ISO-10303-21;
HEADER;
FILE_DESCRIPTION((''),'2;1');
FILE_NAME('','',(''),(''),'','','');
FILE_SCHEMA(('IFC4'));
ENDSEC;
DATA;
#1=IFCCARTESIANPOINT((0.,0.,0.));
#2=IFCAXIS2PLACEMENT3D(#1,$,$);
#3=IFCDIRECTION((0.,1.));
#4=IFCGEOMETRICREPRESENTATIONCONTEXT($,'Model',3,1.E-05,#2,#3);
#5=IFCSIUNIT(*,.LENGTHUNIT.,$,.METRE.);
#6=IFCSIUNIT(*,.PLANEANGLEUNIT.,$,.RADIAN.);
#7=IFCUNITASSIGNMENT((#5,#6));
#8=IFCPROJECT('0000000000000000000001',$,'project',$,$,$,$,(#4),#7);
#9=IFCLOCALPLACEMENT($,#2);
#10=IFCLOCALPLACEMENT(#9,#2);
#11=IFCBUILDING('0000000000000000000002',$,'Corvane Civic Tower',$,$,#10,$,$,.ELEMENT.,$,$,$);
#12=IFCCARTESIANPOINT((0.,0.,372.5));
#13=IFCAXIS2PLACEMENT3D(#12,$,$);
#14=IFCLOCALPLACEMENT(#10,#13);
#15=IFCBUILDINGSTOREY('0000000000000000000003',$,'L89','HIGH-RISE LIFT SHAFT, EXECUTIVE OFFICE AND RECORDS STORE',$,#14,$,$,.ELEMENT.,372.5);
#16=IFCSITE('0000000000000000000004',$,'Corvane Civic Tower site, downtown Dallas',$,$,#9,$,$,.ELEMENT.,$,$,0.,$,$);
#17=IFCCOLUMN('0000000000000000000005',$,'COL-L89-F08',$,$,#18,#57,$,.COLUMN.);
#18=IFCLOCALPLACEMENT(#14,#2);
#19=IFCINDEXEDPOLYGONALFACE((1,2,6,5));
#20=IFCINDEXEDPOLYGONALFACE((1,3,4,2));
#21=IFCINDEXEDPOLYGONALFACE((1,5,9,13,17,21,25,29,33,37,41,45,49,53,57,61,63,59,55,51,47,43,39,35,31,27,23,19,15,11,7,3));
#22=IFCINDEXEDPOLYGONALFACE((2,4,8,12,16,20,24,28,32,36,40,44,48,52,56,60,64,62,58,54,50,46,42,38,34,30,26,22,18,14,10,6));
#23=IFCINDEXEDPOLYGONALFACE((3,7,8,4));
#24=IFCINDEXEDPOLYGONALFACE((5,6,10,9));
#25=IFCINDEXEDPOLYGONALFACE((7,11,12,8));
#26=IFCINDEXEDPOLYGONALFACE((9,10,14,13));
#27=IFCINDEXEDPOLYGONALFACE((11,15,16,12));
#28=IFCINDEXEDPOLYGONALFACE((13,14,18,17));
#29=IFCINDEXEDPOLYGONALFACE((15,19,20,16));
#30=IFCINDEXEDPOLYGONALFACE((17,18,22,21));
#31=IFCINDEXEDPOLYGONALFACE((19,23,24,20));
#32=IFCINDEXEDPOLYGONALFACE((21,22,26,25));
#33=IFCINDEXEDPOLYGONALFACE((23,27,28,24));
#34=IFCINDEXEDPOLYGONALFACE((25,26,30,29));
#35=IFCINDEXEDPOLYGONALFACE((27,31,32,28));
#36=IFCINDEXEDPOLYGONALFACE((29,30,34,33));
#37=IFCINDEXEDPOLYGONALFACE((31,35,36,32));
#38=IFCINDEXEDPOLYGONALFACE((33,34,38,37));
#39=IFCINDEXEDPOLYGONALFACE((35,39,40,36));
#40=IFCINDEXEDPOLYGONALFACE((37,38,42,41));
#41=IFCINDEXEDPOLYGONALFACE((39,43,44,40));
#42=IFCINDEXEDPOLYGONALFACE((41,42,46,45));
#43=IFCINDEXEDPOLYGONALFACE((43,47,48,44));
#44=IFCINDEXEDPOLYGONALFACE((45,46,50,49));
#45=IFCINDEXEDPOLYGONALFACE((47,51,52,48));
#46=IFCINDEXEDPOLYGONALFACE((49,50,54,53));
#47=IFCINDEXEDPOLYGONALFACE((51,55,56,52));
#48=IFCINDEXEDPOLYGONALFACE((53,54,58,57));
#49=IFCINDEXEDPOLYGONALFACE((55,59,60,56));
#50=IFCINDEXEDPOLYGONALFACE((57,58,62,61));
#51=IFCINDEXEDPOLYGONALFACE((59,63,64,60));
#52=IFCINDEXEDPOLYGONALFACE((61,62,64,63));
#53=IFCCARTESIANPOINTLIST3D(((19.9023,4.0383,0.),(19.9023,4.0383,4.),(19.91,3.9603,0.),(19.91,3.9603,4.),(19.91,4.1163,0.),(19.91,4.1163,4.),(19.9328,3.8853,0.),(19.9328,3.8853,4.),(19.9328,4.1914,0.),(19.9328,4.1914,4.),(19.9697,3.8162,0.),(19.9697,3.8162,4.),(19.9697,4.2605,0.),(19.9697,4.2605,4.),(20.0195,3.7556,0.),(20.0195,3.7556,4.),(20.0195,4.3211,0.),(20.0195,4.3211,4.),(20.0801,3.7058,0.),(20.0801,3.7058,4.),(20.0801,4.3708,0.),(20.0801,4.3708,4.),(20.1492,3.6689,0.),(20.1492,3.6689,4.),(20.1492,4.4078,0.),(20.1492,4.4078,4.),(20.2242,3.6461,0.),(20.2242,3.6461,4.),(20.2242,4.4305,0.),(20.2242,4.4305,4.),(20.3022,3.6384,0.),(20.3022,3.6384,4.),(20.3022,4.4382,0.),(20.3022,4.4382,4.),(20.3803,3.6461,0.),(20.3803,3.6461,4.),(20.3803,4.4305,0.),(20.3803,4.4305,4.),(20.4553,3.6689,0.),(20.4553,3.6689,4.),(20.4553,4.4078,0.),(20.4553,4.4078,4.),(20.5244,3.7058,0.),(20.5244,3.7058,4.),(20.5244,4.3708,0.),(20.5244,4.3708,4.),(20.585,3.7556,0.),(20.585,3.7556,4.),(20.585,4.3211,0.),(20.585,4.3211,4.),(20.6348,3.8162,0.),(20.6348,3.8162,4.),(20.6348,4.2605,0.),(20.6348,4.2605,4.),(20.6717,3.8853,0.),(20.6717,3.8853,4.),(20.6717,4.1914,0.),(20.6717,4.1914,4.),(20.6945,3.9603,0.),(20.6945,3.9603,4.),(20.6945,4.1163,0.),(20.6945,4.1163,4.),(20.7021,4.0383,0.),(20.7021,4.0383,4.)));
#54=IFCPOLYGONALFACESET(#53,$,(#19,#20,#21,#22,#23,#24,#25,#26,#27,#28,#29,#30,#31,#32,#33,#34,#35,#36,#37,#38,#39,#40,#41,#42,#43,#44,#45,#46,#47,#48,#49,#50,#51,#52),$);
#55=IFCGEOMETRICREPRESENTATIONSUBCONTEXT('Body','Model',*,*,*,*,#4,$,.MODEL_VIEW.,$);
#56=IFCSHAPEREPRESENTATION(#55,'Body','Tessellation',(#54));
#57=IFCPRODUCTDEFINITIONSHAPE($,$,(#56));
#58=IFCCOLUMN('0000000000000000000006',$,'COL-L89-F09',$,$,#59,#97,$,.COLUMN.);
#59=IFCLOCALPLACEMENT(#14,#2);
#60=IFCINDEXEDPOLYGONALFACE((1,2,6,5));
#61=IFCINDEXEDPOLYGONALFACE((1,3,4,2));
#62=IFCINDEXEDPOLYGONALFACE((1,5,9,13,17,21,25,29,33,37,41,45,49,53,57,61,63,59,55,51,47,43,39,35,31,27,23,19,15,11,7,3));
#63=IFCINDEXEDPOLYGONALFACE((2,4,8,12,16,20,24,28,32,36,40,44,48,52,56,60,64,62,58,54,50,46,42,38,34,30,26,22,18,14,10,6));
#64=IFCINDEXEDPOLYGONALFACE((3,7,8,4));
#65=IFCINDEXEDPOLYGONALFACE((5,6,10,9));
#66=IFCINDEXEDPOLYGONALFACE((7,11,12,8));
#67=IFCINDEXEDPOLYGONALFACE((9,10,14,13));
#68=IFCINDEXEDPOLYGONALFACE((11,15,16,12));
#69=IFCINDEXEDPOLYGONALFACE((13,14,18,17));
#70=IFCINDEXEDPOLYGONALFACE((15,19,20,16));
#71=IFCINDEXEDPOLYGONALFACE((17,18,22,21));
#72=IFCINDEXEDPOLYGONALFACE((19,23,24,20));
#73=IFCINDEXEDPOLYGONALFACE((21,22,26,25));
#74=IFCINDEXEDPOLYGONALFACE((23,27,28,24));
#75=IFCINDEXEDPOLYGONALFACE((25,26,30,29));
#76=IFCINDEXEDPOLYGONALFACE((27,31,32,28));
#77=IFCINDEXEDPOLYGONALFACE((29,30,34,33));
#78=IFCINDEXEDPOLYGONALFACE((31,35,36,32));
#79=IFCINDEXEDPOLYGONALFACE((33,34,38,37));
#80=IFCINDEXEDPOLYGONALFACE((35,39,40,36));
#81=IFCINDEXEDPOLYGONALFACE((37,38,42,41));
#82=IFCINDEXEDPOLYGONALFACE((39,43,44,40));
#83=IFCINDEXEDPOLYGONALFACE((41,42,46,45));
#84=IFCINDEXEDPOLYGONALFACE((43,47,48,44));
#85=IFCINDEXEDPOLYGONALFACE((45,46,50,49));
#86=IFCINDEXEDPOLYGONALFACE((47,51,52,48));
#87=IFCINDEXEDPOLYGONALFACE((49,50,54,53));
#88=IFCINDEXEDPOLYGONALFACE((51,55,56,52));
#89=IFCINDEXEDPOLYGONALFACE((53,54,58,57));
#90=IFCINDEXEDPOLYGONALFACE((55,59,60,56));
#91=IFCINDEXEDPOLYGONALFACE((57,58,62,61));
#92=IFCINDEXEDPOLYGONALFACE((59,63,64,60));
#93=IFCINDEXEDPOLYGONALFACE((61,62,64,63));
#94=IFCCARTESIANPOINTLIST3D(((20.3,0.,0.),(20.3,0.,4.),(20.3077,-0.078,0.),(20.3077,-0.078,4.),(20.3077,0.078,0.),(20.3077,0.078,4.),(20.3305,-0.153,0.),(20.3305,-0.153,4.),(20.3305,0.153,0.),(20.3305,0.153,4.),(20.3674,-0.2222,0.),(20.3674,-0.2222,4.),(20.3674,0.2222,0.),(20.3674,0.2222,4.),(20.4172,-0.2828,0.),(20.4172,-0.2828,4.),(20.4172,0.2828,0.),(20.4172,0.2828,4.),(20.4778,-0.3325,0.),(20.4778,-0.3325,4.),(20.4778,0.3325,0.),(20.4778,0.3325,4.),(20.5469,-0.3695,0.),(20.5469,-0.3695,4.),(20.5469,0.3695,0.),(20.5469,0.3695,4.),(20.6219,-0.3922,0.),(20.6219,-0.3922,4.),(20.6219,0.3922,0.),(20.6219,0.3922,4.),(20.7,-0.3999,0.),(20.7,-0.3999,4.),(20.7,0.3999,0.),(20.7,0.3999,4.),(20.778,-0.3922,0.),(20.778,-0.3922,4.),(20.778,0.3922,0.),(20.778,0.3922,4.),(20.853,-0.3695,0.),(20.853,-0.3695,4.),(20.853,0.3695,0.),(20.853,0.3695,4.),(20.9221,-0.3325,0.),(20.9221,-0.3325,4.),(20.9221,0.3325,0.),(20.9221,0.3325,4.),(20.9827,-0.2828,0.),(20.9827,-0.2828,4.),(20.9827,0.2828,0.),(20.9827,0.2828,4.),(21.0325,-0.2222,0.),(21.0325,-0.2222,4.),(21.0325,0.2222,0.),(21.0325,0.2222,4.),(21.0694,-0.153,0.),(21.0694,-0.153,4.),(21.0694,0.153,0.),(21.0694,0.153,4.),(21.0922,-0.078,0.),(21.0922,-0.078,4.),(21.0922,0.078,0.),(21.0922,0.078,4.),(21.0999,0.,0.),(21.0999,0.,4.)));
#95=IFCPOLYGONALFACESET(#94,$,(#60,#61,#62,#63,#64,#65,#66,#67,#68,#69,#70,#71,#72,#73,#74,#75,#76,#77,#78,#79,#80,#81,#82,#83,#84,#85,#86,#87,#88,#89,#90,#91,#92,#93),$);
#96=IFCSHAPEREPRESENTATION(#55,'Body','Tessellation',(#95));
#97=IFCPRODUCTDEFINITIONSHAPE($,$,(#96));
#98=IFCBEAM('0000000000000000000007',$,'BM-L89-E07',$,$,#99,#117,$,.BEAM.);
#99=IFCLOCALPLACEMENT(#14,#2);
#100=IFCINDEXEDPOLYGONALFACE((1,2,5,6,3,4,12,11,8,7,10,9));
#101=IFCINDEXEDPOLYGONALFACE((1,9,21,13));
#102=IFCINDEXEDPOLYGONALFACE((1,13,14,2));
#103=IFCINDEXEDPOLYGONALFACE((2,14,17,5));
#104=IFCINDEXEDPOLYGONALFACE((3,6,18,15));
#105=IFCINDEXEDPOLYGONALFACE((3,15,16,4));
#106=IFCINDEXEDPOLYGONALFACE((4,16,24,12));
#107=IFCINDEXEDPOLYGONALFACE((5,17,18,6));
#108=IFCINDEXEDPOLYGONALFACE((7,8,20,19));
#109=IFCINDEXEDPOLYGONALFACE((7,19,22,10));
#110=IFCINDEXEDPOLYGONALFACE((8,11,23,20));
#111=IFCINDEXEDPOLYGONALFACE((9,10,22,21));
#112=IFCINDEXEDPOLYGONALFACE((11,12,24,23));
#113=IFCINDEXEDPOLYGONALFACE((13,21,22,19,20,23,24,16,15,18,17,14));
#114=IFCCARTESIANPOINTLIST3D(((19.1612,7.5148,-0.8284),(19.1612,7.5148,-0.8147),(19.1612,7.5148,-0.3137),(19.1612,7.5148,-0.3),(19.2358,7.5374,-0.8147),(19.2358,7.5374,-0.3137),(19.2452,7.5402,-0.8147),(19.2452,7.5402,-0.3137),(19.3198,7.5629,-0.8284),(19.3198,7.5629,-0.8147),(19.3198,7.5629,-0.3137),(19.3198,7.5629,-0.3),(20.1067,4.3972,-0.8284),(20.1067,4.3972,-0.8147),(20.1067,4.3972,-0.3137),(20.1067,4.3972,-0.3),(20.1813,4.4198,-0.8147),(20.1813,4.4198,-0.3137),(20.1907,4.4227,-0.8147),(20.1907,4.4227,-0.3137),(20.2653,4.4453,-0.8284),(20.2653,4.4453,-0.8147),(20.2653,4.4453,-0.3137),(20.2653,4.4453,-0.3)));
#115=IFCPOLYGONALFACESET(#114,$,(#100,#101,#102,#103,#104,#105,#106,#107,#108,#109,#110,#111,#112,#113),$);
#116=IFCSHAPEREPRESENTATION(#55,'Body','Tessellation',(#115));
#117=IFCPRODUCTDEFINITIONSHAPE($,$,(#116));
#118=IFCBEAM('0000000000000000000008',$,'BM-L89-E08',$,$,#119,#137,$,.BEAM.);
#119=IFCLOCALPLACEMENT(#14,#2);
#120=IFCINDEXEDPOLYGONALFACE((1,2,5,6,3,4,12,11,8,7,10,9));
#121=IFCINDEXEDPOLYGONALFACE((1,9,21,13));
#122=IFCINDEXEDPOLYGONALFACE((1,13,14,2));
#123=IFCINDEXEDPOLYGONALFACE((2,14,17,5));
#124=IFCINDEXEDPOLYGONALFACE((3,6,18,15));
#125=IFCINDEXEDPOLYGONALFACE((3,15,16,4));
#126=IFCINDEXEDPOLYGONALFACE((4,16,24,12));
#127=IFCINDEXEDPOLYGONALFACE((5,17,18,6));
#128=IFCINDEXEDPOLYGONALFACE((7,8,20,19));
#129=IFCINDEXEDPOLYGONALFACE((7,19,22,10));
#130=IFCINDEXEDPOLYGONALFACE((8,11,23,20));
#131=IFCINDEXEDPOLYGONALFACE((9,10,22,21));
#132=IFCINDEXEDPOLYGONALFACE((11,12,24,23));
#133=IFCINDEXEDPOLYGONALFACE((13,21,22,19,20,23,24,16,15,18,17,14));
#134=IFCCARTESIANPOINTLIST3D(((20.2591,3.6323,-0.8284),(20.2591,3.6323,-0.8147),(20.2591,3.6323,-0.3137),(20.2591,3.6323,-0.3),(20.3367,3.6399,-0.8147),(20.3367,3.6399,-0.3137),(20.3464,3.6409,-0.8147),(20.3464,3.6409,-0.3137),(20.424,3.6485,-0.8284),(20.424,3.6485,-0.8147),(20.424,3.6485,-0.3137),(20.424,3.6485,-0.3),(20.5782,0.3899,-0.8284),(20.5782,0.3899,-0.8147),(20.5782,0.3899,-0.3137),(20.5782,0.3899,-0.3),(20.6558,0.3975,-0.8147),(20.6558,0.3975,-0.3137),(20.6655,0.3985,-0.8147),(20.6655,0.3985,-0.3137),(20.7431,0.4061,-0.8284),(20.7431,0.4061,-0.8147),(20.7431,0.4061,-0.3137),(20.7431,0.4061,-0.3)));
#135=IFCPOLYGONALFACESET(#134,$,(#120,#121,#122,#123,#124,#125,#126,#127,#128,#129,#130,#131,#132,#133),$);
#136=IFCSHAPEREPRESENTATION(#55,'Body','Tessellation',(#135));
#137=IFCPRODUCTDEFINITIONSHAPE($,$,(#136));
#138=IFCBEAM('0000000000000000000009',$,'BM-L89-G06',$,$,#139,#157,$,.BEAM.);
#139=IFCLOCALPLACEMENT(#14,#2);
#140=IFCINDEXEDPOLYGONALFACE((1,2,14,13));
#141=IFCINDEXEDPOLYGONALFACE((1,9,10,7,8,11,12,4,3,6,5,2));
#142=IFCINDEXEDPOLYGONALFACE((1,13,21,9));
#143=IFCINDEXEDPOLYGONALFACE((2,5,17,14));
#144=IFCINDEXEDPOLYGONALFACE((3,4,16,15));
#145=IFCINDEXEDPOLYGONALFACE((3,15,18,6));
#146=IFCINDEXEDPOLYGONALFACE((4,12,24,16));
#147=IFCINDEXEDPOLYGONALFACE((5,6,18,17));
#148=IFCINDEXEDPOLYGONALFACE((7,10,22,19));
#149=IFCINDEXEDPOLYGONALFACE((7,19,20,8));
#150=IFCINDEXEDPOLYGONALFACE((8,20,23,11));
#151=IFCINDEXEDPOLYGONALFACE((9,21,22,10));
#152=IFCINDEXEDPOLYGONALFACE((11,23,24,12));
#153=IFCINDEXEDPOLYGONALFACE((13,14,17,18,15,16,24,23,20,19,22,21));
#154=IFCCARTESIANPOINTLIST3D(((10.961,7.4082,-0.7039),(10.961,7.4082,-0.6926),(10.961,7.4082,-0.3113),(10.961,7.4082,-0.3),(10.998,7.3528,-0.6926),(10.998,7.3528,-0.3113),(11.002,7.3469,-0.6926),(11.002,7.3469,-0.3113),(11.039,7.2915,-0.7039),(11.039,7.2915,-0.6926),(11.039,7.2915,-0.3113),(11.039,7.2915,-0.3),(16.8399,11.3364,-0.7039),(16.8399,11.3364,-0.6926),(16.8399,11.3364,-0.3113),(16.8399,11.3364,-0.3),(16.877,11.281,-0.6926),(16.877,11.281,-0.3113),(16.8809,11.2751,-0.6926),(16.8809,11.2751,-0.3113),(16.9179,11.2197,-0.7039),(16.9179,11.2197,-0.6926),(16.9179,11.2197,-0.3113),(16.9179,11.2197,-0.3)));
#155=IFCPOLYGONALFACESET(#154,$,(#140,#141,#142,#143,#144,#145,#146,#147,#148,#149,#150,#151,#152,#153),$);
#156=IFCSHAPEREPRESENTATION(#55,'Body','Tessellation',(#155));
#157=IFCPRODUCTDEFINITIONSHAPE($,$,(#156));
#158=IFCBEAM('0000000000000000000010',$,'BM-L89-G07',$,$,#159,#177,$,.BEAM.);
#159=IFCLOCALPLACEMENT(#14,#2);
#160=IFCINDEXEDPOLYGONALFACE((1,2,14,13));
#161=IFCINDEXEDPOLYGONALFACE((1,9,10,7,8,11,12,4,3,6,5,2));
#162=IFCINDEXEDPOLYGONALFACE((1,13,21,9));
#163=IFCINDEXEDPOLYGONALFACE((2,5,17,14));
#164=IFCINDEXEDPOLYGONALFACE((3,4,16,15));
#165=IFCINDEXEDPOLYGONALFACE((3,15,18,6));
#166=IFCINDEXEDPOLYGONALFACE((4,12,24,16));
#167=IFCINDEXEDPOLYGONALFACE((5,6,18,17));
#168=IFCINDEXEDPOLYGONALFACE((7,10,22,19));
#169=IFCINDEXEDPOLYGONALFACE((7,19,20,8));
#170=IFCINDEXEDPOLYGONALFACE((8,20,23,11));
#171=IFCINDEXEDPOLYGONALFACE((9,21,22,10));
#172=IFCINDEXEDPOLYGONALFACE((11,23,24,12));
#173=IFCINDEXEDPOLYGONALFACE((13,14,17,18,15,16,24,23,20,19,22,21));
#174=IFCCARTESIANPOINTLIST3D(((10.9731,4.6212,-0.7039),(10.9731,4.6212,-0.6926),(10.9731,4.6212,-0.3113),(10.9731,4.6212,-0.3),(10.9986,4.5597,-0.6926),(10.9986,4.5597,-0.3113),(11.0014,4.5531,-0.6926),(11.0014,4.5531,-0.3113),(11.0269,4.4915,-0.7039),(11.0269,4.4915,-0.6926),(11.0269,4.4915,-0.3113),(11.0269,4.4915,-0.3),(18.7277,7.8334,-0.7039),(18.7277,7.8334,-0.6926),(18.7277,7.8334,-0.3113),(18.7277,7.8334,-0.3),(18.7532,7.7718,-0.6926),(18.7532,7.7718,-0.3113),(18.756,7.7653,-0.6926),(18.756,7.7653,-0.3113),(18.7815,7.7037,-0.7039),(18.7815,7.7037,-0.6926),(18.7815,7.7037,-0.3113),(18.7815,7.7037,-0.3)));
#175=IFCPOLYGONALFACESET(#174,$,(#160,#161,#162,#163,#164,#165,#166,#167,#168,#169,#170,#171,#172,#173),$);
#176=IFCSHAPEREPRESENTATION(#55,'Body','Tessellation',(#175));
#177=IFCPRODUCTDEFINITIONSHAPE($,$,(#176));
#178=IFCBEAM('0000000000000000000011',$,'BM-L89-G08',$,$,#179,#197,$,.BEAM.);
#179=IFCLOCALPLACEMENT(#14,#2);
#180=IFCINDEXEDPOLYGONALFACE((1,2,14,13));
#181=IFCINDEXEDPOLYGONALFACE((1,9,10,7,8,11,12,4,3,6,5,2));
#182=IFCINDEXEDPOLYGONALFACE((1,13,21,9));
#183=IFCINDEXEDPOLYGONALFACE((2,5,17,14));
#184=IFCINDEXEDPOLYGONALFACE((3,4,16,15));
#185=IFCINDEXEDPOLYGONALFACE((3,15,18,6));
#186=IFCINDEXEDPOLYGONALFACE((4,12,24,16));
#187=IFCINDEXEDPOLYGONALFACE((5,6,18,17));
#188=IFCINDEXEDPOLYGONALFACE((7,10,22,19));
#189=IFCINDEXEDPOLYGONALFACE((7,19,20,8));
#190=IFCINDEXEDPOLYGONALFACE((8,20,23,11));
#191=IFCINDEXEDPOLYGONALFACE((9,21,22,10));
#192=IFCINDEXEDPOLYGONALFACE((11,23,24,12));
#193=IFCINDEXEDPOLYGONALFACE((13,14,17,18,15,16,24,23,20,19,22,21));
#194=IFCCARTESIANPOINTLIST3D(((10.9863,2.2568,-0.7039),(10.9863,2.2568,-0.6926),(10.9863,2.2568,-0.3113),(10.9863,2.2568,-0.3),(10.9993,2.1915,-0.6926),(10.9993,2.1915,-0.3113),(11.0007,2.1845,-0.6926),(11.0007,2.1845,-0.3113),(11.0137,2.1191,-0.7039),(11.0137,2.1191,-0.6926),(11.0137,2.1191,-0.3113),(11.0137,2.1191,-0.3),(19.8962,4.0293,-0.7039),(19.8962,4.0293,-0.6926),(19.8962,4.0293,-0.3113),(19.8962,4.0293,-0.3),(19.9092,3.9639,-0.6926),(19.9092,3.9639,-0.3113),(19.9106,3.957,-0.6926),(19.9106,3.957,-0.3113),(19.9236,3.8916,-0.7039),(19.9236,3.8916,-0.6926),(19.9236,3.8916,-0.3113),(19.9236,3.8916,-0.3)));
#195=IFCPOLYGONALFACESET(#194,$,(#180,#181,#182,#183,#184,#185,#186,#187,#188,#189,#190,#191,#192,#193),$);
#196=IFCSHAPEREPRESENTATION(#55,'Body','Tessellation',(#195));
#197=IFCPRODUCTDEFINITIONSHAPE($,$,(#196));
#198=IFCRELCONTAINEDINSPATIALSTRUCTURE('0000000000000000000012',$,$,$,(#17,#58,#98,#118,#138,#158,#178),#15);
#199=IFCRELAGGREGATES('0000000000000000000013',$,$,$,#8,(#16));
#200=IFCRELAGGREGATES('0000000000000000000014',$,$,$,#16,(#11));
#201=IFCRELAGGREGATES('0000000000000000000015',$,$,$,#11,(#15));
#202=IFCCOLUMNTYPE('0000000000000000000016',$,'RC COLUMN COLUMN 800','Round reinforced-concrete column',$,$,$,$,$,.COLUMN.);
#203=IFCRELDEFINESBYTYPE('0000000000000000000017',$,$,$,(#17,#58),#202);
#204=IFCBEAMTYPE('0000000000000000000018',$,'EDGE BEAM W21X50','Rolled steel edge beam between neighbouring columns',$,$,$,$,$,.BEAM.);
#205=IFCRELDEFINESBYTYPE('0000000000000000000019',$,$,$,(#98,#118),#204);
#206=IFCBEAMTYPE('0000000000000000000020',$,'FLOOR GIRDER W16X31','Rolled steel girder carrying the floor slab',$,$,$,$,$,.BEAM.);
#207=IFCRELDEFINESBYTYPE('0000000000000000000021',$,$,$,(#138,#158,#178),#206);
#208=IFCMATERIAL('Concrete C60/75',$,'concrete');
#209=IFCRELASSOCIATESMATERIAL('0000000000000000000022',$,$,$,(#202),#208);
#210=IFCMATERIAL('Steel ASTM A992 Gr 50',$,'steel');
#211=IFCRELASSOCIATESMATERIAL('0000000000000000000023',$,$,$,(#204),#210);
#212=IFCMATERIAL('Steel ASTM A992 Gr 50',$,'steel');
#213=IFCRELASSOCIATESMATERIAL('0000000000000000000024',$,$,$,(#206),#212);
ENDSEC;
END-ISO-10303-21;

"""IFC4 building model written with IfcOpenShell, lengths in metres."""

from ifc_helpers import new_model, si_unit, direction, frame, origin, origin_2d, place, context, subcontext, project, spatial, circle, i_section, extrude, material, material_profile, profile_set, type_object, element, save


model = new_model("IFC4")

# Units and contexts
model_context = context("Model", 3, precision=1e-05, world=origin(), true_north=direction((0.0, 1.0)))
body_context = subcontext(model_context, "Body", "Model", "MODEL_VIEW")
ifc_project = project(units=[si_unit("LENGTHUNIT", "METRE"), si_unit("PLANEANGLEUNIT", "RADIAN")], contexts=[model_context])

# Site, building, storey
site_placement = place(None, origin())
site = spatial("IfcSite", under=ifc_project, at=site_placement, Name="Corvane Civic Tower site, downtown Dallas", CompositionType="ELEMENT", RefElevation=0.0)
building_placement = place(site_placement, origin())
building = spatial("IfcBuilding", under=site, at=building_placement, Name="Corvane Civic Tower", CompositionType="ELEMENT")
storey_placement = place(building_placement, frame((0.0, 0.0, 372.5)))
storey = spatial("IfcBuildingStorey", under=building, at=storey_placement, Name="L89", Description="HIGH-RISE LIFT SHAFT, EXECUTIVE OFFICE AND RECORDS STORE", CompositionType="ELEMENT", Elevation=372.5)

# Columns
ifc_material_1 = material(Name="Concrete C60/75", Category="concrete")
ifc_material_profile_1 = material_profile(ifc_material_1, circle(Radius=0.3999, at=origin_2d()), Name="COLUMN 800")
ifc_profile_set_1 = profile_set([ifc_material_profile_1], Name="Concrete C60/75")
column_type = type_object("IfcColumnType", Name="RC COLUMN COLUMN 800", Description="Round reinforced-concrete column", PredefinedType="COLUMN", material=ifc_profile_set_1)
for number, where, z_axis, x_axis, name in (
    (1, (20.3022, 4.0383, 0.0), (0.0, 0.0, 1.0), (1.0, 0.0, 0.0), "COL-L89-F08"),
    (2, (20.7, 0.0, 0.0), (0.0, 0.0, 1.0), (1.0, 0.0, 0.0), "COL-L89-F09"),
):
    element("IfcColumn", number, at=place(storey_placement, frame(where, z_axis=z_axis, x_axis=x_axis)), inside=storey, type_object=column_type, Name=name, PredefinedType="COLUMN", context=body_context, shape_type="SweptSolid", body=[
        extrude(circle(Radius=0.3999, at=origin_2d()), origin(), (0.0, 0.0, 1.0), 4.0),
    ])

# Beams
ifc_material_2 = material(Name="Steel ASTM A992 Gr 50", Category="steel")
ifc_material_profile_2 = material_profile(ifc_material_2, i_section(OverallWidth=0.1658, OverallDepth=0.5283, WebThickness=0.0098, FlangeThickness=0.0137, at=origin_2d()), Name="W21X50")
ifc_profile_set_2 = profile_set([ifc_material_profile_2], Name="Steel ASTM A992 Gr 50")
beam_type_1 = type_object("IfcBeamType", Name="EDGE BEAM W21X50", Description="Rolled steel edge beam between neighbouring columns", PredefinedType="BEAM", material=ifc_profile_set_2)
beam_1_placement = place(storey_placement, frame((19.2405, 7.5388, -0.5642), z_axis=(0.290234, -0.956956, 0.0), x_axis=(0.956956, 0.290234, 0.0)))
element("IfcBeam", 3, at=beam_1_placement, inside=storey, type_object=beam_type_1, Name="BM-L89-E07", PredefinedType="BEAM", context=body_context, shape_type="SweptSolid", body=[
    extrude(i_section(OverallWidth=0.1658, OverallDepth=0.5283, WebThickness=0.0098, FlangeThickness=0.0137, at=origin_2d()), origin(), (0.0, 0.0, 1.0), 3.2578),
])
beam_2_placement = place(storey_placement, frame((20.3416, 3.6404, -0.5642), z_axis=(0.097938, -0.995193, 0.0), x_axis=(0.995193, 0.097938, 0.0)))
element("IfcBeam", 4, at=beam_2_placement, inside=storey, type_object=beam_type_1, Name="BM-L89-E08", PredefinedType="BEAM", context=body_context, shape_type="SweptSolid", body=[
    extrude(i_section(OverallWidth=0.1658, OverallDepth=0.5283, WebThickness=0.0098, FlangeThickness=0.0137, at=origin_2d()), origin(), (0.0, 0.0, 1.0), 3.2581),
])
ifc_material_3 = material(Name="Steel ASTM A992 Gr 50", Category="steel")
ifc_material_profile_3 = material_profile(ifc_material_3, i_section(OverallWidth=0.1404, OverallDepth=0.4038, WebThickness=0.0071, FlangeThickness=0.0112, at=origin_2d()), Name="W16X31")
ifc_profile_set_3 = profile_set([ifc_material_profile_3], Name="Steel ASTM A992 Gr 50")
beam_type_2 = type_object("IfcBeamType", Name="FLOOR GIRDER W16X31", Description="Rolled steel girder carrying the floor slab", PredefinedType="BEAM", material=ifc_profile_set_3)
beam_3_placement = place(storey_placement, frame((11.0, 7.3499, -0.502), z_axis=(0.831465, 0.555576, 0.0), x_axis=(-0.555576, 0.831465, 0.0)))
element("IfcBeam", 5, at=beam_3_placement, inside=storey, type_object=beam_type_2, Name="BM-L89-G06", PredefinedType="BEAM", context=body_context, shape_type="SweptSolid", body=[
    extrude(i_section(OverallWidth=0.1404, OverallDepth=0.4038, WebThickness=0.0071, FlangeThickness=0.0112, at=origin_2d()), origin(), (0.0, 0.0, 1.0), 7.0706),
])
beam_4_placement = place(storey_placement, frame((11.0, 4.5564, -0.502), z_axis=(0.923876, 0.382692, 0.0), x_axis=(-0.382692, 0.923876, 0.0)))
element("IfcBeam", 6, at=beam_4_placement, inside=storey, type_object=beam_type_2, Name="BM-L89-G07", PredefinedType="BEAM", context=body_context, shape_type="SweptSolid", body=[
    extrude(i_section(OverallWidth=0.1404, OverallDepth=0.4038, WebThickness=0.0071, FlangeThickness=0.0112, at=origin_2d()), origin(), (0.0, 0.0, 1.0), 8.3936),
])
beam_5_placement = place(storey_placement, frame((11.0, 2.188, -0.502), z_axis=(0.980782, 0.195108, 0.0), x_axis=(-0.195108, 0.980782, 0.0)))
element("IfcBeam", 7, at=beam_5_placement, inside=storey, type_object=beam_type_2, Name="BM-L89-G08", PredefinedType="BEAM", context=body_context, shape_type="SweptSolid", body=[
    extrude(i_section(OverallWidth=0.1404, OverallDepth=0.4038, WebThickness=0.0071, FlangeThickness=0.0112, at=origin_2d()), origin(), (0.0, 0.0, 1.0), 9.0845),
])

save(model, "model.ifc")
